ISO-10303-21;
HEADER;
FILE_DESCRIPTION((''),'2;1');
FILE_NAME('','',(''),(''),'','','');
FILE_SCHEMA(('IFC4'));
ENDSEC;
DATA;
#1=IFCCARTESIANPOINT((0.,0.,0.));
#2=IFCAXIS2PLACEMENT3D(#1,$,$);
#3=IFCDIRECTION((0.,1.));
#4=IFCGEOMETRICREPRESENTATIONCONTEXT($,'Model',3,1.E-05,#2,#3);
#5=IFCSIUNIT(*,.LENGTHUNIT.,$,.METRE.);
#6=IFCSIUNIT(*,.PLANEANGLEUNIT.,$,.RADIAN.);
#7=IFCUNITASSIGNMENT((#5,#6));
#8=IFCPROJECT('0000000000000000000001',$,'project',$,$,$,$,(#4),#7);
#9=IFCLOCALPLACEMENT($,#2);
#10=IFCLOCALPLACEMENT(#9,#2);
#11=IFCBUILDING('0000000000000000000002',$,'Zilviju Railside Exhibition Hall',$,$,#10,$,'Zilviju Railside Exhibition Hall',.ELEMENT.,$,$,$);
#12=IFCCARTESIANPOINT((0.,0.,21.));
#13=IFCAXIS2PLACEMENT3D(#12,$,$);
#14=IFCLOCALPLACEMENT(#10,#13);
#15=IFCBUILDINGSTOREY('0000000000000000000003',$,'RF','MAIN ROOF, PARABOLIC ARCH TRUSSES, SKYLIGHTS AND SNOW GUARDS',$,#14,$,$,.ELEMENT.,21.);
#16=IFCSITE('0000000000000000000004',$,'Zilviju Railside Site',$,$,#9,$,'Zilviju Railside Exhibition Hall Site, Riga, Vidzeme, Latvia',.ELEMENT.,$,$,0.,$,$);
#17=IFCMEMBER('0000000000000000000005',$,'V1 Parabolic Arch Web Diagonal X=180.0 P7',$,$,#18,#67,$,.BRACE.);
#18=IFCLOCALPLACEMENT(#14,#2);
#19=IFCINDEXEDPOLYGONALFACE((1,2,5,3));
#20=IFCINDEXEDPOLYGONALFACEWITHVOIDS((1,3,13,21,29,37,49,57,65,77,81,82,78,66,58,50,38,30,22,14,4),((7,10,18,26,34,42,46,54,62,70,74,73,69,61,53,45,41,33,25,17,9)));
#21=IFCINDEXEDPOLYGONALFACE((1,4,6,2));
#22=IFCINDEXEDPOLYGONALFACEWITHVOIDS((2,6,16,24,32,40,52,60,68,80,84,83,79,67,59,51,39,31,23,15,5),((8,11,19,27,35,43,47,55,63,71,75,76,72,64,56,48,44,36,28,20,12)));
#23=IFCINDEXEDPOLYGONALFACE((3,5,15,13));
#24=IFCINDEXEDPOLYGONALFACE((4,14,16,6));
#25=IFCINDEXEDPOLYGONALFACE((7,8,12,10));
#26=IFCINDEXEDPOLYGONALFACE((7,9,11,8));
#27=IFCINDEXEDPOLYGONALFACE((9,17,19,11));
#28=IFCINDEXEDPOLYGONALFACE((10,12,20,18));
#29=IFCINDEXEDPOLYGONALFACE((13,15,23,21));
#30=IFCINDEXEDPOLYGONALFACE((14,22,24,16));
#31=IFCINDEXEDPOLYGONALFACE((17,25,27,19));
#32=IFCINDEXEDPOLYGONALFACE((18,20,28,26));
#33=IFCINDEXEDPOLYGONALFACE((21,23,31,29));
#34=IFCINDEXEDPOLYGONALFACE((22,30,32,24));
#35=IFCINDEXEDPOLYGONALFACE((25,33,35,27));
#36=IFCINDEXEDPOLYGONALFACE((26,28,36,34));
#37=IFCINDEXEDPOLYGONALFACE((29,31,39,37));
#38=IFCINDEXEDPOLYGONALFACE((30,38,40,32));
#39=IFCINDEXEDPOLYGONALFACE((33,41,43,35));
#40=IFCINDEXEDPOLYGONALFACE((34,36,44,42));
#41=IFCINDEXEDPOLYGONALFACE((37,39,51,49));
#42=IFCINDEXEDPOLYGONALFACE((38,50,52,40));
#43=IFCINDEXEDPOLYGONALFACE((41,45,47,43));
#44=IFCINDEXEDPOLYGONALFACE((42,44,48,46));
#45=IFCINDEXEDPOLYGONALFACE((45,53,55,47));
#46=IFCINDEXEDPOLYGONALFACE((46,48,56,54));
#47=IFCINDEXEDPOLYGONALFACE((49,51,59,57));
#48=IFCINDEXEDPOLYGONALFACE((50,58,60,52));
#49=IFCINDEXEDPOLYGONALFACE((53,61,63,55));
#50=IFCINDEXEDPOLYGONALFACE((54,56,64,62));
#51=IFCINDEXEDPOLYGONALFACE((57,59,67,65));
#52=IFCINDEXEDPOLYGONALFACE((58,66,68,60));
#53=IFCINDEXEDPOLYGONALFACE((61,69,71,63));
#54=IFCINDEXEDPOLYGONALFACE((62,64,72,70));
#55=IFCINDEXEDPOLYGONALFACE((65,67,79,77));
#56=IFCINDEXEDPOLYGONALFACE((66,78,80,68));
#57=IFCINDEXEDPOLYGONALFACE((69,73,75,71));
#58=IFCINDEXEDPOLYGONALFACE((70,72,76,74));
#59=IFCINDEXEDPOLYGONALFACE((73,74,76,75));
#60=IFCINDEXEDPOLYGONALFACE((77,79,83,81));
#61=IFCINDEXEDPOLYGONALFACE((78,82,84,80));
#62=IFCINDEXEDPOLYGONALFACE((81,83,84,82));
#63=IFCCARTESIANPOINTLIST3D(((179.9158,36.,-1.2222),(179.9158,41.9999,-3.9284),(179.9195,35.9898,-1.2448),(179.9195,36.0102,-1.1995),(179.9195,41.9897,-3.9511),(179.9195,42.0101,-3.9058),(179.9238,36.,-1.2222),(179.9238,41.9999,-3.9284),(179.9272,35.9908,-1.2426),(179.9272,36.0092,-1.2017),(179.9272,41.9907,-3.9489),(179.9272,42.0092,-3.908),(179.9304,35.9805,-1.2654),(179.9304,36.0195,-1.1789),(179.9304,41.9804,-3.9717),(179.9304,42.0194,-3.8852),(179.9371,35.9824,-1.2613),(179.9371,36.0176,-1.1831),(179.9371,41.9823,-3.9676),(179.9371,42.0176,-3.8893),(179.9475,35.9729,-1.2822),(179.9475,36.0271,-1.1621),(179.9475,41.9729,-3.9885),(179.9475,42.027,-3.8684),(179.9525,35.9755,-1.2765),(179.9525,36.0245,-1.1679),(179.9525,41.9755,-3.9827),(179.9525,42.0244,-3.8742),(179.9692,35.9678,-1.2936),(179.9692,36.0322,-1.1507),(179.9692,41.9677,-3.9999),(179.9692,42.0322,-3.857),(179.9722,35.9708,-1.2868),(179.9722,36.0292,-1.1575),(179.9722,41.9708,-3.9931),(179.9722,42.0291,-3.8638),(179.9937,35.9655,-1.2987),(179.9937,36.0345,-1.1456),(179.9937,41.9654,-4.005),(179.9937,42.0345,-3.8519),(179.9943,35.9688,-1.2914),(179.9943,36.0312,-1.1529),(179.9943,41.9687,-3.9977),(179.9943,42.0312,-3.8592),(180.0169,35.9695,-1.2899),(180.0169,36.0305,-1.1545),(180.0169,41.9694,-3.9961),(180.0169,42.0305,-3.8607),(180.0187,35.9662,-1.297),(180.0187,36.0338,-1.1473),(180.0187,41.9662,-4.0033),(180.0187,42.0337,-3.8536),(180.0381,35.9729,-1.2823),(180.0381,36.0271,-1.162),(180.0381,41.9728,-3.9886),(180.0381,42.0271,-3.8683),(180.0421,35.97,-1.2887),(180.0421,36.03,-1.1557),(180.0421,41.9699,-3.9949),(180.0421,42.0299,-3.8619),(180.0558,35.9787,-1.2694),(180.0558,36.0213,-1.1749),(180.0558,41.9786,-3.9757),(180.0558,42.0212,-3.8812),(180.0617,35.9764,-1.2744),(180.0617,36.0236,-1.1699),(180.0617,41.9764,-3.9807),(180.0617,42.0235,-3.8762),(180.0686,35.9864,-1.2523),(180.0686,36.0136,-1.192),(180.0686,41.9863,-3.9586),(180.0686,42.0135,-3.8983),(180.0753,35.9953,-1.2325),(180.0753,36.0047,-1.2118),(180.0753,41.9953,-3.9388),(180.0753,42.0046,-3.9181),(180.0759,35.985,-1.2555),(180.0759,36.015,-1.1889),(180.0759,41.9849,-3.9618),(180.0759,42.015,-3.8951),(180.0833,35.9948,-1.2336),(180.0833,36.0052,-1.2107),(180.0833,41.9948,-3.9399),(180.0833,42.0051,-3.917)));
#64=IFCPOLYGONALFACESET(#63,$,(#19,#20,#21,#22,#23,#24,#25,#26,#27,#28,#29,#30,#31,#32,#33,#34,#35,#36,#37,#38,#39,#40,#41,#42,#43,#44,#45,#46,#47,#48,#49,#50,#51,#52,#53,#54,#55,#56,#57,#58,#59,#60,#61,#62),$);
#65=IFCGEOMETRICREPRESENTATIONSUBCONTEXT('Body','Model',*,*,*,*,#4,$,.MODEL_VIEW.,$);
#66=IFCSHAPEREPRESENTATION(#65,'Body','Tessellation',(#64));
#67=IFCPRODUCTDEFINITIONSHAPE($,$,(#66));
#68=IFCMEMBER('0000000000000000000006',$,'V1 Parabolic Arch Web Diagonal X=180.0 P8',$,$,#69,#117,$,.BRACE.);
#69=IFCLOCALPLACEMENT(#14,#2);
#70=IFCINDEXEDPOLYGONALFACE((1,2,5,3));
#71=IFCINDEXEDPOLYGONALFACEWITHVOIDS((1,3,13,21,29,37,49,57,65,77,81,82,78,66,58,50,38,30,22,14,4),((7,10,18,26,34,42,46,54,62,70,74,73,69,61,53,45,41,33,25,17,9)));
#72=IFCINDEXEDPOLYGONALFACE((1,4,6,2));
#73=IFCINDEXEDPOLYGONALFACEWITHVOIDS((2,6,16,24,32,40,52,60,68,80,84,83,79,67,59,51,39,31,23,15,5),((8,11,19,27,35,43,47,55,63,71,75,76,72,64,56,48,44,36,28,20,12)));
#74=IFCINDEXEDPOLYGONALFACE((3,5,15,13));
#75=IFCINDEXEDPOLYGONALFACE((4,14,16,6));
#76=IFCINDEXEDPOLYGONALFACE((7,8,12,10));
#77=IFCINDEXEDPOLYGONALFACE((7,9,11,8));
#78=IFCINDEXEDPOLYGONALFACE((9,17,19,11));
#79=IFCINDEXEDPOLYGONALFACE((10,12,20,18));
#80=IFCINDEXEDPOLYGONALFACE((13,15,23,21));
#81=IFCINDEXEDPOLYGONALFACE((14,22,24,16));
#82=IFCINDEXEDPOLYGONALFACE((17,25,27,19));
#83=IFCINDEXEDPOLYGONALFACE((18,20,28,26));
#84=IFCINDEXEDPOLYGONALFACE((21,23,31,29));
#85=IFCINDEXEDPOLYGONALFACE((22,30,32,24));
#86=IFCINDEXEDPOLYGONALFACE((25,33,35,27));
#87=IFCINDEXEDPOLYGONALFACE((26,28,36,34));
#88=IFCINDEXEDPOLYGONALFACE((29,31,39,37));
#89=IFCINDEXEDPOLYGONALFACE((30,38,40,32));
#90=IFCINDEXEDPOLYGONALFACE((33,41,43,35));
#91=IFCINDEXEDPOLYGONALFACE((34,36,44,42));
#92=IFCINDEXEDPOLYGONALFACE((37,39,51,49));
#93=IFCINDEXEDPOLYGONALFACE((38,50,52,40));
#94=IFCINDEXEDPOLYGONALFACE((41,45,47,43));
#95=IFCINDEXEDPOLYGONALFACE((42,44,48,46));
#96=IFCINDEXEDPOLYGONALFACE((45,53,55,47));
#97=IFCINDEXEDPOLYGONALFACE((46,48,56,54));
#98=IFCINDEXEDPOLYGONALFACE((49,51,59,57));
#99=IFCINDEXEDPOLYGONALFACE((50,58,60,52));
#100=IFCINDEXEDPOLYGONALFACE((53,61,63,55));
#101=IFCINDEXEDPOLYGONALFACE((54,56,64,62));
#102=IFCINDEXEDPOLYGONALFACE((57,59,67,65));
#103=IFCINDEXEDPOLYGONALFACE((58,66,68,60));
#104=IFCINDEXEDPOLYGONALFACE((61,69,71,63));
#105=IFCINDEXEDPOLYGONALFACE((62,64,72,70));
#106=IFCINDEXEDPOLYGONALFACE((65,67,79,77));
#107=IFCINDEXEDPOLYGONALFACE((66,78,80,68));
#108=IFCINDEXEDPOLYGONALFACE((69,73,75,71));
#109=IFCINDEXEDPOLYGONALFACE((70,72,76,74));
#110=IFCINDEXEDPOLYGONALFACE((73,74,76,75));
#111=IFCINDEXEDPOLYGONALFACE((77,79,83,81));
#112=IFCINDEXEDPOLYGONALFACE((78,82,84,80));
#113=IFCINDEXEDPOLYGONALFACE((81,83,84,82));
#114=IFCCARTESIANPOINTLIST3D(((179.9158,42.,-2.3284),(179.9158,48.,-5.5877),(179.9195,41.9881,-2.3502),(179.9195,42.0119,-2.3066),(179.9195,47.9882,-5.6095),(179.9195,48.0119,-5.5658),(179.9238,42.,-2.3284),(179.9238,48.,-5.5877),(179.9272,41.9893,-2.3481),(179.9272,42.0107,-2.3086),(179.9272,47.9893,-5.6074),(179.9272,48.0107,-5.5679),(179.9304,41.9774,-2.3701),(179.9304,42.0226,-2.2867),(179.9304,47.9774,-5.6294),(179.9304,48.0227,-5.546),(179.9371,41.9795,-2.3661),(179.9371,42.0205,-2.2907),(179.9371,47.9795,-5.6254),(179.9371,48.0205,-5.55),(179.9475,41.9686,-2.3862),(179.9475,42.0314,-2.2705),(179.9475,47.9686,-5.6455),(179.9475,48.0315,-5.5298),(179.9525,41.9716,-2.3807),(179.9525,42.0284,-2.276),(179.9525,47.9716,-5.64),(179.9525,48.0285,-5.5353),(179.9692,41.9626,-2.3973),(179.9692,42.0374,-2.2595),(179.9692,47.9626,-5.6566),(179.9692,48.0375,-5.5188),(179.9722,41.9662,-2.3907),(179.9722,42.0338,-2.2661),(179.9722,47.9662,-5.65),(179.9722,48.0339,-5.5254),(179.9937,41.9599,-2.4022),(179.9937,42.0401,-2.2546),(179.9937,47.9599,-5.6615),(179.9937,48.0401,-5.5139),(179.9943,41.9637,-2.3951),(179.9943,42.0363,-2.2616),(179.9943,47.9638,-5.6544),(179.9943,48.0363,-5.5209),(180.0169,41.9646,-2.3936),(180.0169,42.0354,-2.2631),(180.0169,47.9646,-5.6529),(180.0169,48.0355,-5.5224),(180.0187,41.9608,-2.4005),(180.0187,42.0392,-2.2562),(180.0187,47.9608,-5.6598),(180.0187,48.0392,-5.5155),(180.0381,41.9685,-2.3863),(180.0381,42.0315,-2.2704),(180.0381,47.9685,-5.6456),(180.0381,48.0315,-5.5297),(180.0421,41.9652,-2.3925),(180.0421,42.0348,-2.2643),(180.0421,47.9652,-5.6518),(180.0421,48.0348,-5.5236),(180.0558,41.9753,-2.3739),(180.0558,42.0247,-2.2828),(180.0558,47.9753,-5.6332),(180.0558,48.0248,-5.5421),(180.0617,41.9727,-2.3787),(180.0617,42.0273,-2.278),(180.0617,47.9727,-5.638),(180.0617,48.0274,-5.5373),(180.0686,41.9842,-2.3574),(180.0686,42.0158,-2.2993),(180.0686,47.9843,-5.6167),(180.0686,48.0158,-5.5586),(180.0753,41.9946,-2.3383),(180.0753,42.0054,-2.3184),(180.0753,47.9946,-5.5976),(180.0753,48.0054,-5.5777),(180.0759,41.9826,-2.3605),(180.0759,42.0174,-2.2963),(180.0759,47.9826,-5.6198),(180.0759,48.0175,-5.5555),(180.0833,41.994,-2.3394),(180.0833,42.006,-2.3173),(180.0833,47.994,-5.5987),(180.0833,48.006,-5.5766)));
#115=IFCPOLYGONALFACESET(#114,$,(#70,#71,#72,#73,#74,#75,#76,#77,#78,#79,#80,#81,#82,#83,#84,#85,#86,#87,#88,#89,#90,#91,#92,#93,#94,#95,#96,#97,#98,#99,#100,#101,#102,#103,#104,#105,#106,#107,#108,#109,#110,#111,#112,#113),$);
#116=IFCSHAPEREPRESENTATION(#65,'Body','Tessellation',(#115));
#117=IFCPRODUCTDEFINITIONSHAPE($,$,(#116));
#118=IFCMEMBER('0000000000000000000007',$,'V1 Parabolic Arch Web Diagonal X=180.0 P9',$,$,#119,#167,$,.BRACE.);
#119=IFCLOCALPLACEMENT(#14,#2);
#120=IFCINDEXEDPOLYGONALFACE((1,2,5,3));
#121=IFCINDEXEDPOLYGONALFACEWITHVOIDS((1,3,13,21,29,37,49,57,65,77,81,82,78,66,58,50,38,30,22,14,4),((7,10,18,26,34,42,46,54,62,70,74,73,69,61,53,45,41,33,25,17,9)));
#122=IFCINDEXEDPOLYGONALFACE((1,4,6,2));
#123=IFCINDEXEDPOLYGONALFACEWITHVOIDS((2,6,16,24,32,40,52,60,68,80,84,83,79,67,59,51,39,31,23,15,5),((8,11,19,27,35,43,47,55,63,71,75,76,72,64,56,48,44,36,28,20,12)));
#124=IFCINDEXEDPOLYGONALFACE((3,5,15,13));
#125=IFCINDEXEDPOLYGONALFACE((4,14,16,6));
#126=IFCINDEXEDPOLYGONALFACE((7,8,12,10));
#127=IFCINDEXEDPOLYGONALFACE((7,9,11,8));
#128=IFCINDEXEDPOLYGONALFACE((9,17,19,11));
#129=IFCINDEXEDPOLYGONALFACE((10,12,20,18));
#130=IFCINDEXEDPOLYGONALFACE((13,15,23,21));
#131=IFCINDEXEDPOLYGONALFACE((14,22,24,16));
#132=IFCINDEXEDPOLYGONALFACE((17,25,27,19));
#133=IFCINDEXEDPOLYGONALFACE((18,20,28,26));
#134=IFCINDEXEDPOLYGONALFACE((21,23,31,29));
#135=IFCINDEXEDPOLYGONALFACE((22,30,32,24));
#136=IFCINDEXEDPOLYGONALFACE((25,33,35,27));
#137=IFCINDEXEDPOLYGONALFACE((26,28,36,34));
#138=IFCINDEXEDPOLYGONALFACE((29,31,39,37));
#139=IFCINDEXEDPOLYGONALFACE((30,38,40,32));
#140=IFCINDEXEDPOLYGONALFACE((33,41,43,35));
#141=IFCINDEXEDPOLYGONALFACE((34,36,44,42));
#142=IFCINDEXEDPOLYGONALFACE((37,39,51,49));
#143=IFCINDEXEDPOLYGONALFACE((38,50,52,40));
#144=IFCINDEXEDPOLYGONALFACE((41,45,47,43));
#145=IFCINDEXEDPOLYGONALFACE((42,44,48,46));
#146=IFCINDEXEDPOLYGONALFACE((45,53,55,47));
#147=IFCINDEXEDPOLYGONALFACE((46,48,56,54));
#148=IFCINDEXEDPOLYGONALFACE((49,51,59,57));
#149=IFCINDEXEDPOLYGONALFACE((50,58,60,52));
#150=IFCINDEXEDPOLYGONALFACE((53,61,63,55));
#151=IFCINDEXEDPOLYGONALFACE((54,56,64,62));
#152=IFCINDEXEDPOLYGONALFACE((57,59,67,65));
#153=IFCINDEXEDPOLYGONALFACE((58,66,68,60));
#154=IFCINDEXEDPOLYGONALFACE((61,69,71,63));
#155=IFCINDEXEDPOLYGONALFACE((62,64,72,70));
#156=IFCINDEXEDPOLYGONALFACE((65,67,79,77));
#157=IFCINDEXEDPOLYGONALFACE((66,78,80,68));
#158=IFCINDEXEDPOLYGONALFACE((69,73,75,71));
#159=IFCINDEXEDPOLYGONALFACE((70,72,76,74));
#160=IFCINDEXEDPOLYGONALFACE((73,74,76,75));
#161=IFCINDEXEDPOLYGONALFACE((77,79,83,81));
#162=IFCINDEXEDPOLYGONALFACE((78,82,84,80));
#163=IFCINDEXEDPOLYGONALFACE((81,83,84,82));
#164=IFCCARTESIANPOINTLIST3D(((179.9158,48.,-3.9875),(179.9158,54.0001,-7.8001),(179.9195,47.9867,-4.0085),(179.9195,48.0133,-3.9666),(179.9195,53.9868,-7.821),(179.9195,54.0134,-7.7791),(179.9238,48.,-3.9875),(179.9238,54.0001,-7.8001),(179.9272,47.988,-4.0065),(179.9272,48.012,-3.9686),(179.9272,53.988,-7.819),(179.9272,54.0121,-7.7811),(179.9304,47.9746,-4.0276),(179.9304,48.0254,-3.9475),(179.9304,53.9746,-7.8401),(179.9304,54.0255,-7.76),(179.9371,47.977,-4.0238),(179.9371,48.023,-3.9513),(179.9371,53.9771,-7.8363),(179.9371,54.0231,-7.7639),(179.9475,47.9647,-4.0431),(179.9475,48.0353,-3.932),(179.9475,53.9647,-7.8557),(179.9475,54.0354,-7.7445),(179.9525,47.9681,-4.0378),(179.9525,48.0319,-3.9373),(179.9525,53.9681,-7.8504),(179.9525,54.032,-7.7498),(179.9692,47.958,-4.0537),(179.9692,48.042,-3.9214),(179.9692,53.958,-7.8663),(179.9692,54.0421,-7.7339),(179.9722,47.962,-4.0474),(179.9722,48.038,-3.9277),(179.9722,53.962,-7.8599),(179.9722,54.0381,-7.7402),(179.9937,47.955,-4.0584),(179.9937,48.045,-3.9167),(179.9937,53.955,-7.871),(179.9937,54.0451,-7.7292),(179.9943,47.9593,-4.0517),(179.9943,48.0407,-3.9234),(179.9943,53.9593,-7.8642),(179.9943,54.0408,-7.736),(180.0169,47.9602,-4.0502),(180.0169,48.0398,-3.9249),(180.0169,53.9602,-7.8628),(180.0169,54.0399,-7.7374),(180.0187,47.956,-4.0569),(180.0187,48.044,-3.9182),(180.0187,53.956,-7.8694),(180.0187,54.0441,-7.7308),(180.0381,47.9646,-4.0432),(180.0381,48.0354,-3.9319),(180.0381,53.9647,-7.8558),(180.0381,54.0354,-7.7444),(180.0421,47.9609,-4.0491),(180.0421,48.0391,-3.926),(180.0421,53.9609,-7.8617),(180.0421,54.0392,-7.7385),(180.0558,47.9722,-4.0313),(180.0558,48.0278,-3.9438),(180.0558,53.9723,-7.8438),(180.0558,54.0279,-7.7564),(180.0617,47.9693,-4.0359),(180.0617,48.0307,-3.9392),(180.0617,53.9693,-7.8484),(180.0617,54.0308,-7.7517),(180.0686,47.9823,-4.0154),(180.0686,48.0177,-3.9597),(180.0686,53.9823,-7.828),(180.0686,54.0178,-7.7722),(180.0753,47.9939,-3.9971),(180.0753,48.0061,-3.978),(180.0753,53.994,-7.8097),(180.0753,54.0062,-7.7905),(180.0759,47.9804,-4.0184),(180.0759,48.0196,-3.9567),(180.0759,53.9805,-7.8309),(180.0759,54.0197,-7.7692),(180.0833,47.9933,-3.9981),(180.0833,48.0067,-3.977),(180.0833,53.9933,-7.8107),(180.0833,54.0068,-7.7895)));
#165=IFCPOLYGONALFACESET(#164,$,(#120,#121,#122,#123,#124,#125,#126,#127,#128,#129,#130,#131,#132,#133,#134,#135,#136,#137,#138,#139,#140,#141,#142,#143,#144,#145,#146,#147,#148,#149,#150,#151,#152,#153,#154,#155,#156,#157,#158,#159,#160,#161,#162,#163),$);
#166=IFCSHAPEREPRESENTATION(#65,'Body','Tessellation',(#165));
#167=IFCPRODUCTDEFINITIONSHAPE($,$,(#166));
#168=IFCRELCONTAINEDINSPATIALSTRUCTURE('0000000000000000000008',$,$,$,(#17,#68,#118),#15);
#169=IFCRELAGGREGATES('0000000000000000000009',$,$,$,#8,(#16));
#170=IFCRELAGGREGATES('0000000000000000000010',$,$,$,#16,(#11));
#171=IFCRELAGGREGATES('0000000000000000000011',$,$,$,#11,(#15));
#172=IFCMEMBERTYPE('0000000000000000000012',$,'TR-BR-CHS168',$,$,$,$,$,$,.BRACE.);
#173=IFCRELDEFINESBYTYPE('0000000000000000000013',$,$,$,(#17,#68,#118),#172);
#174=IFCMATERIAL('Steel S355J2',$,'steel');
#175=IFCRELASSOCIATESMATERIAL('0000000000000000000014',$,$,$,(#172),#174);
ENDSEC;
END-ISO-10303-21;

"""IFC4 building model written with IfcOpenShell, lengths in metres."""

from ifc_helpers import new_model, si_unit, direction, frame, origin, origin_2d, place, context, subcontext, project, spatial, hollow_circle, extrude, material, material_profile, profile_set, type_object, element, save


model = new_model("IFC4")

# Units and contexts
model_context = context("Model", 3, precision=1e-05, world=origin(), true_north=direction((0.0, 1.0)))
body_context = subcontext(model_context, "Body", "Model", "MODEL_VIEW")
ifc_project = project(units=[si_unit("LENGTHUNIT", "METRE"), si_unit("PLANEANGLEUNIT", "RADIAN")], contexts=[model_context])

# Site, building, storey
site_placement = place(None, origin())
site = spatial("IfcSite", under=ifc_project, at=site_placement, Name="Zilviju Railside Site", LongName="Zilviju Railside Exhibition Hall Site, Riga, Vidzeme, Latvia", CompositionType="ELEMENT", RefElevation=0.0)
building_placement = place(site_placement, origin())
building = spatial("IfcBuilding", under=site, at=building_placement, Name="Zilviju Railside Exhibition Hall", LongName="Zilviju Railside Exhibition Hall", CompositionType="ELEMENT")
storey_placement = place(building_placement, frame((0.0, 0.0, 21.0)))
storey = spatial("IfcBuildingStorey", under=building, at=storey_placement, Name="RF", Description="MAIN ROOF, PARABOLIC ARCH TRUSSES, SKYLIGHTS AND SNOW GUARDS", CompositionType="ELEMENT", Elevation=21.0)

# Members
ifc_material_1 = material(Name="Steel S355J2", Category="steel")
ifc_material_profile_1 = material_profile(ifc_material_1, hollow_circle(Radius=0.0842, WallThickness=0.0081, at=origin_2d()), Name="CHS 168.3x8.0")
ifc_profile_set_1 = profile_set([ifc_material_profile_1], Name="Steel S355J2")
member_type_1 = type_object("IfcMemberType", Name="TR-BR-CHS168", PredefinedType="BRACE", material=ifc_profile_set_1)
member_1_placement = place(storey_placement, frame((180.0, 36.0, -1.2222), z_axis=(0.0, 0.911563, -0.41116), x_axis=(-1.0, 0.0, 0.0)))
element("IfcMember", 1, at=member_1_placement, inside=storey, type_object=member_type_1, Name="V1 Parabolic Arch Web Diagonal X=180.0 P7", PredefinedType="BRACE", context=body_context, shape_type="SweptSolid", body=[
    extrude(hollow_circle(Radius=0.0842, WallThickness=0.0081, at=origin_2d()), origin(), (0.0, 0.0, 1.0), 6.582),
])
member_2_placement = place(storey_placement, frame((180.0, 42.0, -2.3284), z_axis=(0.0, 0.878722, -0.477333), x_axis=(-1.0, 0.0, 0.0)))
element("IfcMember", 2, at=member_2_placement, inside=storey, type_object=member_type_1, Name="V1 Parabolic Arch Web Diagonal X=180.0 P8", PredefinedType="BRACE", context=body_context, shape_type="SweptSolid", body=[
    extrude(hollow_circle(Radius=0.0842, WallThickness=0.0081, at=origin_2d()), origin(), (0.0, 0.0, 1.0), 6.8281),
])
member_3_placement = place(storey_placement, frame((180.0, 48.0, -3.9875), z_axis=(0.0, 0.844023, -0.536306), x_axis=(-1.0, 0.0, 0.0)))
element("IfcMember", 3, at=member_3_placement, inside=storey, type_object=member_type_1, Name="V1 Parabolic Arch Web Diagonal X=180.0 P9", PredefinedType="BRACE", context=body_context, shape_type="SweptSolid", body=[
    extrude(hollow_circle(Radius=0.0842, WallThickness=0.0081, at=origin_2d()), origin(), (0.0, 0.0, 1.0), 7.1089),
])

save(model, "model.ifc")
